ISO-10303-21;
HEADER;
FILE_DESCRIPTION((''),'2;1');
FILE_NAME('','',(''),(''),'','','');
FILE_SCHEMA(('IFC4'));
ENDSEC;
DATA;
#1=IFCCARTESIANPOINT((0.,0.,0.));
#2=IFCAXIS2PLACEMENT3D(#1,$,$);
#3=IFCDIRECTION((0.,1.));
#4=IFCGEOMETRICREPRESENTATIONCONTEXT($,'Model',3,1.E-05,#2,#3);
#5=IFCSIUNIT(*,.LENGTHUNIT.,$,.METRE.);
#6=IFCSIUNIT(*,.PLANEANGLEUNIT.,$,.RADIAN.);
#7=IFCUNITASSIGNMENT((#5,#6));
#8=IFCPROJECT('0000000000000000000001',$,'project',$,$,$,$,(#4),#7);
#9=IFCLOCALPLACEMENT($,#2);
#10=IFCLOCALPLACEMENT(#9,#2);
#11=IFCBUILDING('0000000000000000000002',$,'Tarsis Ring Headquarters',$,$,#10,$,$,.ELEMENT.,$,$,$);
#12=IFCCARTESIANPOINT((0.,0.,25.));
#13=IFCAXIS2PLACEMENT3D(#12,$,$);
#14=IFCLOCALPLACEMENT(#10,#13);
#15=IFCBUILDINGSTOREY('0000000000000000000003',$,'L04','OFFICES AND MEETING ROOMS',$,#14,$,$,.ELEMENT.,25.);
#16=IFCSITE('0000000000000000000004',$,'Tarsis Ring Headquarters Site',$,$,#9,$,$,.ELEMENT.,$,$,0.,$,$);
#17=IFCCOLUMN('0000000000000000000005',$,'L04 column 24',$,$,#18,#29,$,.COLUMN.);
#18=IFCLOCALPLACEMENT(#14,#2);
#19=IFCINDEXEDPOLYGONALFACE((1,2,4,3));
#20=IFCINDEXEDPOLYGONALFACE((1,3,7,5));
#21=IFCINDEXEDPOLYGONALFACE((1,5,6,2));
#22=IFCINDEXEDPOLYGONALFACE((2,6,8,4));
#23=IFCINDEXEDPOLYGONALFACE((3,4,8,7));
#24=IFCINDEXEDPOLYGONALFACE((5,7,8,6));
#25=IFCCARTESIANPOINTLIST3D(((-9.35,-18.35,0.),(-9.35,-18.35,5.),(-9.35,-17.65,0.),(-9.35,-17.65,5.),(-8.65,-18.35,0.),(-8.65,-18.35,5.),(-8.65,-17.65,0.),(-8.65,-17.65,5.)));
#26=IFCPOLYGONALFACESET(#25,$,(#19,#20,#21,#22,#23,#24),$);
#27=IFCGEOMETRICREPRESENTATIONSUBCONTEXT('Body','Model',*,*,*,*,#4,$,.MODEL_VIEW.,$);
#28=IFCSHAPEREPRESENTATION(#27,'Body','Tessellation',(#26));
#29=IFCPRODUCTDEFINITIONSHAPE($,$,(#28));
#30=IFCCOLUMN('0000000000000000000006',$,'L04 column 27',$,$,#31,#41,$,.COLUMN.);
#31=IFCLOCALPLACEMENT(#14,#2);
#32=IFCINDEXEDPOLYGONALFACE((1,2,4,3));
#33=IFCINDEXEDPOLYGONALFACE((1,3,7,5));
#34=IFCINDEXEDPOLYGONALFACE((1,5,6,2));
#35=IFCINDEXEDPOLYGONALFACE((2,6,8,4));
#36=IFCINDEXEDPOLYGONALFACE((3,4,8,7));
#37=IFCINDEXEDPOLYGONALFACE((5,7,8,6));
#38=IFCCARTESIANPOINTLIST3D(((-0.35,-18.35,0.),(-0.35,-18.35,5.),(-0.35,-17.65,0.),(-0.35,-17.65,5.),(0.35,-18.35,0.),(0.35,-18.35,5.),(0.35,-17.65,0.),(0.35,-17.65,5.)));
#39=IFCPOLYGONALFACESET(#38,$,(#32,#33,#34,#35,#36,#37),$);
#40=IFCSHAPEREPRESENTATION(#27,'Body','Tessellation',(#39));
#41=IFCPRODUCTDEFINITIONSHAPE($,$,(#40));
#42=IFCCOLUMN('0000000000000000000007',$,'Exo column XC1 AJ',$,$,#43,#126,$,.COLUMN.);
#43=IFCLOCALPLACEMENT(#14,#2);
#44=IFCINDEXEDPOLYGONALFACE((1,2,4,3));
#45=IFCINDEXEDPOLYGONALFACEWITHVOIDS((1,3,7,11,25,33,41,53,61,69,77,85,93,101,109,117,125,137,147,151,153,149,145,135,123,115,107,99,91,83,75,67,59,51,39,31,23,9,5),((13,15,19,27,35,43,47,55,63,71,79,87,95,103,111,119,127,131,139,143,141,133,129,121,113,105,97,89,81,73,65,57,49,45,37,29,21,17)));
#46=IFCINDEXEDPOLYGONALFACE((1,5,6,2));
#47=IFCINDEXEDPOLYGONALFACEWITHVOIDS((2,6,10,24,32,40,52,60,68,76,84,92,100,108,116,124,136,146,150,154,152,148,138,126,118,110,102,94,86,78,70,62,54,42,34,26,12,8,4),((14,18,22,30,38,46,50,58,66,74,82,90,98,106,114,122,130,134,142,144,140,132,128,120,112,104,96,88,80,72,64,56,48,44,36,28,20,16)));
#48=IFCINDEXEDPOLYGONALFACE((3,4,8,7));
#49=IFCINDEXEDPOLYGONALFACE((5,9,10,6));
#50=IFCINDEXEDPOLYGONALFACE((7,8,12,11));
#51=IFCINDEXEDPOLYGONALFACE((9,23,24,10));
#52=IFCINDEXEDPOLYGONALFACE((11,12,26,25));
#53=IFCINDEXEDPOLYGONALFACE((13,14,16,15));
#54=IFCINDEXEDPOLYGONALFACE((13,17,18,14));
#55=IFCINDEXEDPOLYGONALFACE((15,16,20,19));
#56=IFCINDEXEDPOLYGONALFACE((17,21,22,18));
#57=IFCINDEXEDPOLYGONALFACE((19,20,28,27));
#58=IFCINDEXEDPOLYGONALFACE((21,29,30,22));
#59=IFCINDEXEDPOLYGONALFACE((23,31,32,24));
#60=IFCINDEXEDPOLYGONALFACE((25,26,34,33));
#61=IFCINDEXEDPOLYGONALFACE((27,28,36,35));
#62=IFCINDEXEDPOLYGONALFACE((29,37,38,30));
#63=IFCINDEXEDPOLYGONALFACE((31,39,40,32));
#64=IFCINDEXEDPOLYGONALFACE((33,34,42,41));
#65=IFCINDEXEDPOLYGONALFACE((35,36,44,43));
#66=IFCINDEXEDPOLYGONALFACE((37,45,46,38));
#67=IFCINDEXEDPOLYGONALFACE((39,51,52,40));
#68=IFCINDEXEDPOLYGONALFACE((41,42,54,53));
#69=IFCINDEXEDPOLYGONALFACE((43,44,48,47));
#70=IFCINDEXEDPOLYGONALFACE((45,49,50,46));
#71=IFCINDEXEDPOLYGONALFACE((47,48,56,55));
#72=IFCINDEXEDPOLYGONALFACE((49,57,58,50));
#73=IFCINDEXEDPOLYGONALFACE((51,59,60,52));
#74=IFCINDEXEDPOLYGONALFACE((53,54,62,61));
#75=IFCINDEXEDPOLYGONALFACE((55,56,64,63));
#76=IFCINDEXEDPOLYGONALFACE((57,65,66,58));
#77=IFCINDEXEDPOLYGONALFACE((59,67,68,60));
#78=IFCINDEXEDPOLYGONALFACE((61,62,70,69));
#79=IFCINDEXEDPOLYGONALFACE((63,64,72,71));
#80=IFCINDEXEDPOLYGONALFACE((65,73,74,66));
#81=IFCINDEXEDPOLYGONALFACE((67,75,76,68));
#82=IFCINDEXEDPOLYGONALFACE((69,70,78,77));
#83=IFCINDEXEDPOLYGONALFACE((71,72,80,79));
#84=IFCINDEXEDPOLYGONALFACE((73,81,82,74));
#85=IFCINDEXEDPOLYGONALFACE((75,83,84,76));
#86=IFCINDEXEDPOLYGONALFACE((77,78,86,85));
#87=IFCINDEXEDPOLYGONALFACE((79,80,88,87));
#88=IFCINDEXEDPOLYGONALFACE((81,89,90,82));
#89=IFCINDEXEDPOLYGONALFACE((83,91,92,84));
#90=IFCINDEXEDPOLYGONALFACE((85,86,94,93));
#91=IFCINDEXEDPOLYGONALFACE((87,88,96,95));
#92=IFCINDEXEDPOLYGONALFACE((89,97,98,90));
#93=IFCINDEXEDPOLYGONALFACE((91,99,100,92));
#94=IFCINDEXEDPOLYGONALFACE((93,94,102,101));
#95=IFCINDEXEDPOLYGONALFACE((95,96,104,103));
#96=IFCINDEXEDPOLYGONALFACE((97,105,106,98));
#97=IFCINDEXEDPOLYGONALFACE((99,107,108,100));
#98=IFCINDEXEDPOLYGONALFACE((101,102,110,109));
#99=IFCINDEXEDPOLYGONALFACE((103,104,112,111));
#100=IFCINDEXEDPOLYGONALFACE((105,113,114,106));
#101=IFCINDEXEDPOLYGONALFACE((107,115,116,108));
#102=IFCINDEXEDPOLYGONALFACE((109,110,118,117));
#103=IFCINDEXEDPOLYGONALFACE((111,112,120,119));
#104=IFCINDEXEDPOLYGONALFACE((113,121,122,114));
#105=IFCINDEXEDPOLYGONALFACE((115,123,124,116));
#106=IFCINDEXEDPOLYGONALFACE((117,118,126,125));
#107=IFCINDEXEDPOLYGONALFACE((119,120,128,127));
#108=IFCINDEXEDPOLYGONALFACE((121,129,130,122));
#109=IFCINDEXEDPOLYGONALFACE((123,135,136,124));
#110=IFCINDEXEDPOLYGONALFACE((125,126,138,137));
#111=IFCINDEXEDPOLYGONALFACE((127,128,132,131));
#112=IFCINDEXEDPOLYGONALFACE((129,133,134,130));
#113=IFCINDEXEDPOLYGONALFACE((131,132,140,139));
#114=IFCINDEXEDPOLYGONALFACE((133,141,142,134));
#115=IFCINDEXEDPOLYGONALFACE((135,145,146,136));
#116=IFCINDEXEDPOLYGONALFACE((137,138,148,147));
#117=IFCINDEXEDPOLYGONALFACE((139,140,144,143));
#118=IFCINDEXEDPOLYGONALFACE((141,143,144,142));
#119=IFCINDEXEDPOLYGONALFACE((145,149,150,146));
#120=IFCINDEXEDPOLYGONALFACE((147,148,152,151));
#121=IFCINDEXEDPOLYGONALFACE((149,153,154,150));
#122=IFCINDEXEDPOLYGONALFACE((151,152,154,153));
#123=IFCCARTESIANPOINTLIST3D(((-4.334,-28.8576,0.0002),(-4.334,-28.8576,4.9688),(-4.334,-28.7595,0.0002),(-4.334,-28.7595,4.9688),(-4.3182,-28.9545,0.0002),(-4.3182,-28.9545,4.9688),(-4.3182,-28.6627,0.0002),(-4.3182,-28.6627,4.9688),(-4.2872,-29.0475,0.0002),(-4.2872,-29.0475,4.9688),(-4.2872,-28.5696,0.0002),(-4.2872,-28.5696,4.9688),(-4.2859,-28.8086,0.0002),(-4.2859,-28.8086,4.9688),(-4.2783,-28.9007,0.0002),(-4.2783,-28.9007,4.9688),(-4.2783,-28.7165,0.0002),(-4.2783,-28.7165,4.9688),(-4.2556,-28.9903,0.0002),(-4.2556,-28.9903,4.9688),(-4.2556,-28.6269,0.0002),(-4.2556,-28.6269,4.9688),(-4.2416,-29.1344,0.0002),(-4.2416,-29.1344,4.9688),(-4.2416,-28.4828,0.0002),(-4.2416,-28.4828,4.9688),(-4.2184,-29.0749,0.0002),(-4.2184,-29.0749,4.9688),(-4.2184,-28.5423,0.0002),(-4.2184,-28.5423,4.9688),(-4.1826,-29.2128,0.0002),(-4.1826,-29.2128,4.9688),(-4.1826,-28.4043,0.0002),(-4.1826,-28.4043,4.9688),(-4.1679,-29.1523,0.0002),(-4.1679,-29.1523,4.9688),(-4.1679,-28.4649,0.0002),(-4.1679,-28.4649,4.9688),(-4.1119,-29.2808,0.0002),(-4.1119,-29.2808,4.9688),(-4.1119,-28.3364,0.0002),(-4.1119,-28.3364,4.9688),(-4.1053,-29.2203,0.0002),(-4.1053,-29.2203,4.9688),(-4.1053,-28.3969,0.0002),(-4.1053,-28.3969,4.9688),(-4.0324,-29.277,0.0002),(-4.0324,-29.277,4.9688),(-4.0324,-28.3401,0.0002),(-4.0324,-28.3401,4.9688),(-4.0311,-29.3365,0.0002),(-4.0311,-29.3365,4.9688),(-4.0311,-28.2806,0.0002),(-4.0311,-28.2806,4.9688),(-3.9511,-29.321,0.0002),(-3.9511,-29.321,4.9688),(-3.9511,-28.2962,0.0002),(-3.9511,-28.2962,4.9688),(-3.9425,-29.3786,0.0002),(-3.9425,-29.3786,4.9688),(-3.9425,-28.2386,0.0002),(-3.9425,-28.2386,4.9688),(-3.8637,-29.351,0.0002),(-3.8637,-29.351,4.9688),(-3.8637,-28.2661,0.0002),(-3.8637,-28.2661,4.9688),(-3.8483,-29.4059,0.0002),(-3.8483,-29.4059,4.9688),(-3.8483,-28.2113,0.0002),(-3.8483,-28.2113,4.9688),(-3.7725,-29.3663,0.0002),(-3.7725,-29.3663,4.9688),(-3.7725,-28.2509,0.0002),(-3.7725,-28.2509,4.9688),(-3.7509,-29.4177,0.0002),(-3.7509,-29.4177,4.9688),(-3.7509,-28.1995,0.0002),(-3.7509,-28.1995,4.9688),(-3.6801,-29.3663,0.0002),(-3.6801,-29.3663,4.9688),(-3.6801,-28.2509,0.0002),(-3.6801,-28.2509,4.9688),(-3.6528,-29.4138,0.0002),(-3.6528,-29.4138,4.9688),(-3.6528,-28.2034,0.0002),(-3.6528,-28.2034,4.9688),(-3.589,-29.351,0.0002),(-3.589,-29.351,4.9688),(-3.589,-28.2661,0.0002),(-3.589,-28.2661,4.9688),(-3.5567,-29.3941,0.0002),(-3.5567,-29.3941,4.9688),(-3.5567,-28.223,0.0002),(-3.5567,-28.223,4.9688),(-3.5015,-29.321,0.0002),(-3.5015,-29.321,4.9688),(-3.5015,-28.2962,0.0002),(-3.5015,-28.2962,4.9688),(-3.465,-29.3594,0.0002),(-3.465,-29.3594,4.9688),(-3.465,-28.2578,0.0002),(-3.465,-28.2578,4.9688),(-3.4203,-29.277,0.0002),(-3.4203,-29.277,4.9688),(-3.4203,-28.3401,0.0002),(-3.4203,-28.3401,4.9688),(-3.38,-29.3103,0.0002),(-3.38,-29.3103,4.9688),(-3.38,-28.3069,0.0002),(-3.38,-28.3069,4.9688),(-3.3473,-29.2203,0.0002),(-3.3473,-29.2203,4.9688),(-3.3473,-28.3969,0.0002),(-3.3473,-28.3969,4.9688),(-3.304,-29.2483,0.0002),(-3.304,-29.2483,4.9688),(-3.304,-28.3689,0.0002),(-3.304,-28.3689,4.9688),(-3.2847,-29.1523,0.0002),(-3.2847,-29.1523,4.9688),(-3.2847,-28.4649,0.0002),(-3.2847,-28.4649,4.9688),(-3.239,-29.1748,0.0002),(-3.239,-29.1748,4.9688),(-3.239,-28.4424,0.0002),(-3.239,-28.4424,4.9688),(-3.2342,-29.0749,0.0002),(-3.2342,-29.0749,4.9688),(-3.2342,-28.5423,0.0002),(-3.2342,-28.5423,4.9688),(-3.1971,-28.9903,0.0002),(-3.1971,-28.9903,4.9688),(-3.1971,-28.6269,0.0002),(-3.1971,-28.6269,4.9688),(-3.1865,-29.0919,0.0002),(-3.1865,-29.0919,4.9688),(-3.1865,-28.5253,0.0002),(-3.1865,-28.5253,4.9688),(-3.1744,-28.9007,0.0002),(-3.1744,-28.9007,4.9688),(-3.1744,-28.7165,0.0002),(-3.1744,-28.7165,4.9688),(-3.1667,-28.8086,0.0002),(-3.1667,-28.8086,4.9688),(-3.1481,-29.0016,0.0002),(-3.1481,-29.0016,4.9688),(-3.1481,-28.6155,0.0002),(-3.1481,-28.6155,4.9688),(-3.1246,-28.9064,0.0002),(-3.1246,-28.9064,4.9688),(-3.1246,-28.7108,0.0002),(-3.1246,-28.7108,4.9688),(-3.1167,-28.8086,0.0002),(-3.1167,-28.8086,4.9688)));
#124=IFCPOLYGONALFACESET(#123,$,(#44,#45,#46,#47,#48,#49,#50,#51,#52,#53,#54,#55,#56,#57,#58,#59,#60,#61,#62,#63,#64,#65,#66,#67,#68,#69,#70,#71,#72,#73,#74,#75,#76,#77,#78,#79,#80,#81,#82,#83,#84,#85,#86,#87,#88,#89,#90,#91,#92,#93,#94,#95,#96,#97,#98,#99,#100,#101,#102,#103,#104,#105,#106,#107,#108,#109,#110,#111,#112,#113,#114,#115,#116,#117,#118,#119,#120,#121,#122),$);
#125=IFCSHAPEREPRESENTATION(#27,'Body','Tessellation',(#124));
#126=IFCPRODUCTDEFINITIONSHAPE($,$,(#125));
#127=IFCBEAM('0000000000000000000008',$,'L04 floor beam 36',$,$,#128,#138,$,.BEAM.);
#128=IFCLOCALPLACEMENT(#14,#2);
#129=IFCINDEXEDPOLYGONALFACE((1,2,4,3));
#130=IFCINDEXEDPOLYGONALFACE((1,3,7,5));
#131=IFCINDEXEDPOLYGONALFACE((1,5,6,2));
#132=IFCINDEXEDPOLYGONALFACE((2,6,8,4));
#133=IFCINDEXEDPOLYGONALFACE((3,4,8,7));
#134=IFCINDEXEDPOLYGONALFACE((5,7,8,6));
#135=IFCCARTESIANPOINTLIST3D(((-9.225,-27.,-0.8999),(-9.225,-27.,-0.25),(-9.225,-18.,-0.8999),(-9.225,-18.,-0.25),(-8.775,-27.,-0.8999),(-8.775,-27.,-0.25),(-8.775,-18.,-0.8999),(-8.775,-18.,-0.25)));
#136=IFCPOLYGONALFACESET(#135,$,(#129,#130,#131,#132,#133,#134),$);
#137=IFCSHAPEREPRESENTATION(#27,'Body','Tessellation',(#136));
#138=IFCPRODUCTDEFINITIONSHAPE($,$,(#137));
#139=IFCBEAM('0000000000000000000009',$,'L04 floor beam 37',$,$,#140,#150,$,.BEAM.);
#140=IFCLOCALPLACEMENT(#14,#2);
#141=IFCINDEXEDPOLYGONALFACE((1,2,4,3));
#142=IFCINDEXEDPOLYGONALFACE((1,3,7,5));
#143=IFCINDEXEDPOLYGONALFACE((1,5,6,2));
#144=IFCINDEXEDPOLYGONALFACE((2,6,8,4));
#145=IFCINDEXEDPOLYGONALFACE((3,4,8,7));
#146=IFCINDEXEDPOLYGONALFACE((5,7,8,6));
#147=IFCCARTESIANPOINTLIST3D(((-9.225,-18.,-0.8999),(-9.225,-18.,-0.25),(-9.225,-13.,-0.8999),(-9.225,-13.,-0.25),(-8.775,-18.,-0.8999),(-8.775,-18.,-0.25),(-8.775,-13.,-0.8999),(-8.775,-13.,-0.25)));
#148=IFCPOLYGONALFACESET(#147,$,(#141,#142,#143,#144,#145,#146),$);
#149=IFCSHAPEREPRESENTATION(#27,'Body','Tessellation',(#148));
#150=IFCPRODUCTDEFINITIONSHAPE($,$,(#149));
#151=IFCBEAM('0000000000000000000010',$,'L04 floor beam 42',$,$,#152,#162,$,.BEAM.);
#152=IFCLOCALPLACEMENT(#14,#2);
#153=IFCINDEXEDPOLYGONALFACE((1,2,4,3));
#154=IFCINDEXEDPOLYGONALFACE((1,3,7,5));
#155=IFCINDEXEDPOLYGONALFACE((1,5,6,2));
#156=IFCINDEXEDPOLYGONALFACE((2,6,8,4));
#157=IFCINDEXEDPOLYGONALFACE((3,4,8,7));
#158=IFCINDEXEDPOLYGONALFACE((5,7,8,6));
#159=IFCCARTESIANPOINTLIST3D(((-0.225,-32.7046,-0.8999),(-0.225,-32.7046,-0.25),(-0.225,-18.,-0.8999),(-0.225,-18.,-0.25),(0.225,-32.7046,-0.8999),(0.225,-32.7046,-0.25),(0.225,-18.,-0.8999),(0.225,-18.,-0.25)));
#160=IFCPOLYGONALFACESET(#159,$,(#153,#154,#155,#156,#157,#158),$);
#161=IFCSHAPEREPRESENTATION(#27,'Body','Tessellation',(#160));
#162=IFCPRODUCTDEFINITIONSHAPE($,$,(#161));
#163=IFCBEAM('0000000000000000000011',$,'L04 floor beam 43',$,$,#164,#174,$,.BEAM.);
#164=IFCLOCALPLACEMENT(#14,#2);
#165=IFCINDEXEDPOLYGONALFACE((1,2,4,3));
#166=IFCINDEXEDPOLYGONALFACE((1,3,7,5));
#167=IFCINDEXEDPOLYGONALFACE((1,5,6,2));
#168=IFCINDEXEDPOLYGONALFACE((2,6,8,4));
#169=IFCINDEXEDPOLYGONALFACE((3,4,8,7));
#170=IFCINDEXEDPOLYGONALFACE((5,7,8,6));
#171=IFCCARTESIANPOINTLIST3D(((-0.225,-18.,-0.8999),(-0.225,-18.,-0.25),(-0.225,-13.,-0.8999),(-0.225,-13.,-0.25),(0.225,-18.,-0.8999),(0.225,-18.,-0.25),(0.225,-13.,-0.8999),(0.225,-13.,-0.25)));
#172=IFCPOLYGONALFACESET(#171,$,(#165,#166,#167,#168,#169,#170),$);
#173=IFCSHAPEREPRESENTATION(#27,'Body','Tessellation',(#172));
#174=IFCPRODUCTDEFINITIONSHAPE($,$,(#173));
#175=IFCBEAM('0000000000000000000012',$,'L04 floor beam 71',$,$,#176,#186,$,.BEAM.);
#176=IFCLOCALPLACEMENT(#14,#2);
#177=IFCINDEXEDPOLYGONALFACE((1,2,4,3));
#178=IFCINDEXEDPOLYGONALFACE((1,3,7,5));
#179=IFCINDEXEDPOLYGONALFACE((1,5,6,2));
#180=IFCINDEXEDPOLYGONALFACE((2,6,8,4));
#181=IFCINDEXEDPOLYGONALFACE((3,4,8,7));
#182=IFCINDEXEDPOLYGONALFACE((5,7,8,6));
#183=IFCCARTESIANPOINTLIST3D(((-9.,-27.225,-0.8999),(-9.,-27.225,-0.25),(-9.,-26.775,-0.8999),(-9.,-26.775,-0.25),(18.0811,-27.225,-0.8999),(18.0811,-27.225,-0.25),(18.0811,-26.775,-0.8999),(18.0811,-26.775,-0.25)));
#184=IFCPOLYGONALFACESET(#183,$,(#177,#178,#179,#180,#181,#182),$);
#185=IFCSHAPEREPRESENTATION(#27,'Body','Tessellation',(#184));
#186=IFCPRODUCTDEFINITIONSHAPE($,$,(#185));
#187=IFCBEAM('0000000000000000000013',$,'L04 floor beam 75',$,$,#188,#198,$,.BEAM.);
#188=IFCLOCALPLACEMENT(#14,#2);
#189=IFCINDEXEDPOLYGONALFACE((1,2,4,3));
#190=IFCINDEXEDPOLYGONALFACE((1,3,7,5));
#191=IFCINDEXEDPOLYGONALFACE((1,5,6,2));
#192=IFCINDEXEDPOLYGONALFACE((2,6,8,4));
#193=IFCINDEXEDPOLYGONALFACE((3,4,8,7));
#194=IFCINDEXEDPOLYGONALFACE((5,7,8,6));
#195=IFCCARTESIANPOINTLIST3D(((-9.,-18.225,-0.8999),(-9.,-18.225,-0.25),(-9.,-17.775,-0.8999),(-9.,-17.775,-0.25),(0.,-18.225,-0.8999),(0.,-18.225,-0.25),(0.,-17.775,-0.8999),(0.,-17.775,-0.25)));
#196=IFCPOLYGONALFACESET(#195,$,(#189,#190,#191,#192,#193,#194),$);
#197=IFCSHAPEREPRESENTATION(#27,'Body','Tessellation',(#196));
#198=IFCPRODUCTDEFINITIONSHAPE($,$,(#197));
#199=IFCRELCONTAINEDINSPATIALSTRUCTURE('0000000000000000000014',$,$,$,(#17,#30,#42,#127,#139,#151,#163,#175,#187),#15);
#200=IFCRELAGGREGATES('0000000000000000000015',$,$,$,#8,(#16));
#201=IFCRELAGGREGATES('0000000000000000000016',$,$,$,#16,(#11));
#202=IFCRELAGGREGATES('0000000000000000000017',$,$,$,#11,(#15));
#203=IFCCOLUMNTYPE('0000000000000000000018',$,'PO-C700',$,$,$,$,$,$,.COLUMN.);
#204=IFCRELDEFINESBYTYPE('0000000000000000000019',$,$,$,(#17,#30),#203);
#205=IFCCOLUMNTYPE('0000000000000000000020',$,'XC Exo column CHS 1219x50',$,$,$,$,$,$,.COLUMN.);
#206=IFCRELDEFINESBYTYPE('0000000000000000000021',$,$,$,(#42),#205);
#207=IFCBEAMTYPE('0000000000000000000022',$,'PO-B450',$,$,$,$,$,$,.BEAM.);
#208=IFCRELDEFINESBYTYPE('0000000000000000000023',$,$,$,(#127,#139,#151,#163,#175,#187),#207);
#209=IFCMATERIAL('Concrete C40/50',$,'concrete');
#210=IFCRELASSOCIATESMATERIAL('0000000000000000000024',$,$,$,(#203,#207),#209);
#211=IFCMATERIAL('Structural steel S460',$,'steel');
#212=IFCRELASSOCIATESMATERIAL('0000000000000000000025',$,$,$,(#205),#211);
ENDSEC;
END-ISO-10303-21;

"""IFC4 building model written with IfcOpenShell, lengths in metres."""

from ifc_helpers import new_model, si_unit, direction, frame, origin, origin_2d, place, context, subcontext, project, spatial, rectangle, hollow_circle, extrude, material, material_profile, profile_set, type_object, element, save


model = new_model("IFC4")

# Units and contexts
model_context = context("Model", 3, precision=1e-05, world=origin(), true_north=direction((0.0, 1.0)))
body_context = subcontext(model_context, "Body", "Model", "MODEL_VIEW")
ifc_project = project(units=[si_unit("LENGTHUNIT", "METRE"), si_unit("PLANEANGLEUNIT", "RADIAN")], contexts=[model_context])

# Site, building, storey
site_placement = place(None, origin())
site = spatial("IfcSite", under=ifc_project, at=site_placement, Name="Tarsis Ring Headquarters Site", CompositionType="ELEMENT", RefElevation=0.0)
building_placement = place(site_placement, origin())
building = spatial("IfcBuilding", under=site, at=building_placement, Name="Tarsis Ring Headquarters", CompositionType="ELEMENT")
storey_placement = place(building_placement, frame((0.0, 0.0, 25.0)))
storey = spatial("IfcBuildingStorey", under=building, at=storey_placement, Name="L04", Description="OFFICES AND MEETING ROOMS", CompositionType="ELEMENT", Elevation=25.0)

# Columns
ifc_material_1 = material(Name="Concrete C40/50", Category="concrete")
ifc_material_profile_1 = material_profile(ifc_material_1, rectangle(XDim=0.7, YDim=0.7, at=origin_2d()), Name="PO-C700")
ifc_profile_set_1 = profile_set([ifc_material_profile_1], Name="Concrete C40/50")
column_type_1 = type_object("IfcColumnType", Name="PO-C700", PredefinedType="COLUMN", material=ifc_profile_set_1)
for number, where, z_axis, x_axis, name in (
    (1, (-9.0, -18.0, 0.0), (0.0, 0.0, 1.0), (1.0, 0.0, 0.0), "L04 column 24"),
    (2, (0.0, -18.0, 0.0), (0.0, 0.0, 1.0), (1.0, 0.0, 0.0), "L04 column 27"),
):
    element("IfcColumn", number, at=place(storey_placement, frame(where, z_axis=z_axis, x_axis=x_axis)), inside=storey, type_object=column_type_1, Name=name, PredefinedType="COLUMN", context=body_context, shape_type="SweptSolid", body=[
        extrude(rectangle(XDim=0.7, YDim=0.7, at=origin_2d()), origin(), (0.0, 0.0, 1.0), 5.0),
    ])
ifc_material_2 = material(Name="Structural steel S460", Category="steel")
ifc_material_profile_2 = material_profile(ifc_material_2, hollow_circle(Radius=0.6096, WallThickness=0.05, at=origin_2d()), Name="CHS 1219x50")
ifc_profile_set_2 = profile_set([ifc_material_profile_2], Name="Structural steel S460")
column_type_2 = type_object("IfcColumnType", Name="XC Exo column CHS 1219x50", PredefinedType="COLUMN", material=ifc_profile_set_2)
column_placement = place(storey_placement, frame((-3.7263, -28.8086, 0.0002), z_axis=(0.0, 0.0, 1.0), x_axis=(1.0, 0.0, 0.0)))
element("IfcColumn", 3, at=column_placement, inside=storey, type_object=column_type_2, Name="Exo column XC1 AJ", PredefinedType="COLUMN", context=body_context, shape_type="SweptSolid", body=[
    extrude(hollow_circle(Radius=0.6096, WallThickness=0.05, at=origin_2d()), origin(), (0.0, 0.0, 1.0), 4.9685),
])

# Beams
ifc_material_profile_3 = material_profile(ifc_material_1, rectangle(XDim=0.45, YDim=0.6499, at=origin_2d()), Name="PO-B450")
ifc_profile_set_3 = profile_set([ifc_material_profile_3], Name="Concrete C40/50")
beam_type_1 = type_object("IfcBeamType", Name="PO-B450", PredefinedType="BEAM", material=ifc_profile_set_3)
beam_1_placement = place(storey_placement, frame((-9.0, -27.0, -0.575), z_axis=(0.0, 1.0, 0.0), x_axis=(-1.0, 0.0, 0.0)))
element("IfcBeam", 4, at=beam_1_placement, inside=storey, type_object=beam_type_1, Name="L04 floor beam 36", PredefinedType="BEAM", context=body_context, shape_type="SweptSolid", body=[
    extrude(rectangle(XDim=0.45, YDim=0.6499, at=origin_2d()), origin(), (0.0, 0.0, 1.0), 9.0),
])
beam_2_placement = place(storey_placement, frame((-9.0, -18.0, -0.575), z_axis=(0.0, 1.0, 0.0), x_axis=(-1.0, 0.0, 0.0)))
element("IfcBeam", 5, at=beam_2_placement, inside=storey, type_object=beam_type_1, Name="L04 floor beam 37", PredefinedType="BEAM", context=body_context, shape_type="SweptSolid", body=[
    extrude(rectangle(XDim=0.45, YDim=0.6499, at=origin_2d()), origin(), (0.0, 0.0, 1.0), 5.0),
])
beam_3_placement = place(storey_placement, frame((0.0, -32.7046, -0.575), z_axis=(0.0, 1.0, 0.0), x_axis=(-1.0, 0.0, 0.0)))
element("IfcBeam", 6, at=beam_3_placement, inside=storey, type_object=beam_type_1, Name="L04 floor beam 42", PredefinedType="BEAM", context=body_context, shape_type="SweptSolid", body=[
    extrude(rectangle(XDim=0.45, YDim=0.6499, at=origin_2d()), origin(), (0.0, 0.0, 1.0), 14.7046),
])
beam_4_placement = place(storey_placement, frame((0.0, -18.0, -0.575), z_axis=(0.0, 1.0, 0.0), x_axis=(-1.0, 0.0, 0.0)))
element("IfcBeam", 7, at=beam_4_placement, inside=storey, type_object=beam_type_1, Name="L04 floor beam 43", PredefinedType="BEAM", context=body_context, shape_type="SweptSolid", body=[
    extrude(rectangle(XDim=0.45, YDim=0.6499, at=origin_2d()), origin(), (0.0, 0.0, 1.0), 5.0),
])
beam_5_placement = place(storey_placement, frame((-9.0, -27.0, -0.575), z_axis=(1.0, 0.0, 0.0), x_axis=(0.0, 1.0, 0.0)))
element("IfcBeam", 8, at=beam_5_placement, inside=storey, type_object=beam_type_1, Name="L04 floor beam 71", PredefinedType="BEAM", context=body_context, shape_type="SweptSolid", body=[
    extrude(rectangle(XDim=0.45, YDim=0.6499, at=origin_2d()), origin(), (0.0, 0.0, 1.0), 27.0811),
])
for number, where, z_axis, x_axis, name in (
    (9, (-9.0, -18.0, -0.575), (1.0, 0.0, 0.0), (0.0, 1.0, 0.0), "L04 floor beam 75"),
):
    element("IfcBeam", number, at=place(storey_placement, frame(where, z_axis=z_axis, x_axis=x_axis)), inside=storey, type_object=beam_type_1, Name=name, PredefinedType="BEAM", context=body_context, shape_type="SweptSolid", body=[
        extrude(rectangle(XDim=0.45, YDim=0.6499, at=origin_2d()), origin(), (0.0, 0.0, 1.0), 9.0),
    ])

save(model, "model.ifc")
